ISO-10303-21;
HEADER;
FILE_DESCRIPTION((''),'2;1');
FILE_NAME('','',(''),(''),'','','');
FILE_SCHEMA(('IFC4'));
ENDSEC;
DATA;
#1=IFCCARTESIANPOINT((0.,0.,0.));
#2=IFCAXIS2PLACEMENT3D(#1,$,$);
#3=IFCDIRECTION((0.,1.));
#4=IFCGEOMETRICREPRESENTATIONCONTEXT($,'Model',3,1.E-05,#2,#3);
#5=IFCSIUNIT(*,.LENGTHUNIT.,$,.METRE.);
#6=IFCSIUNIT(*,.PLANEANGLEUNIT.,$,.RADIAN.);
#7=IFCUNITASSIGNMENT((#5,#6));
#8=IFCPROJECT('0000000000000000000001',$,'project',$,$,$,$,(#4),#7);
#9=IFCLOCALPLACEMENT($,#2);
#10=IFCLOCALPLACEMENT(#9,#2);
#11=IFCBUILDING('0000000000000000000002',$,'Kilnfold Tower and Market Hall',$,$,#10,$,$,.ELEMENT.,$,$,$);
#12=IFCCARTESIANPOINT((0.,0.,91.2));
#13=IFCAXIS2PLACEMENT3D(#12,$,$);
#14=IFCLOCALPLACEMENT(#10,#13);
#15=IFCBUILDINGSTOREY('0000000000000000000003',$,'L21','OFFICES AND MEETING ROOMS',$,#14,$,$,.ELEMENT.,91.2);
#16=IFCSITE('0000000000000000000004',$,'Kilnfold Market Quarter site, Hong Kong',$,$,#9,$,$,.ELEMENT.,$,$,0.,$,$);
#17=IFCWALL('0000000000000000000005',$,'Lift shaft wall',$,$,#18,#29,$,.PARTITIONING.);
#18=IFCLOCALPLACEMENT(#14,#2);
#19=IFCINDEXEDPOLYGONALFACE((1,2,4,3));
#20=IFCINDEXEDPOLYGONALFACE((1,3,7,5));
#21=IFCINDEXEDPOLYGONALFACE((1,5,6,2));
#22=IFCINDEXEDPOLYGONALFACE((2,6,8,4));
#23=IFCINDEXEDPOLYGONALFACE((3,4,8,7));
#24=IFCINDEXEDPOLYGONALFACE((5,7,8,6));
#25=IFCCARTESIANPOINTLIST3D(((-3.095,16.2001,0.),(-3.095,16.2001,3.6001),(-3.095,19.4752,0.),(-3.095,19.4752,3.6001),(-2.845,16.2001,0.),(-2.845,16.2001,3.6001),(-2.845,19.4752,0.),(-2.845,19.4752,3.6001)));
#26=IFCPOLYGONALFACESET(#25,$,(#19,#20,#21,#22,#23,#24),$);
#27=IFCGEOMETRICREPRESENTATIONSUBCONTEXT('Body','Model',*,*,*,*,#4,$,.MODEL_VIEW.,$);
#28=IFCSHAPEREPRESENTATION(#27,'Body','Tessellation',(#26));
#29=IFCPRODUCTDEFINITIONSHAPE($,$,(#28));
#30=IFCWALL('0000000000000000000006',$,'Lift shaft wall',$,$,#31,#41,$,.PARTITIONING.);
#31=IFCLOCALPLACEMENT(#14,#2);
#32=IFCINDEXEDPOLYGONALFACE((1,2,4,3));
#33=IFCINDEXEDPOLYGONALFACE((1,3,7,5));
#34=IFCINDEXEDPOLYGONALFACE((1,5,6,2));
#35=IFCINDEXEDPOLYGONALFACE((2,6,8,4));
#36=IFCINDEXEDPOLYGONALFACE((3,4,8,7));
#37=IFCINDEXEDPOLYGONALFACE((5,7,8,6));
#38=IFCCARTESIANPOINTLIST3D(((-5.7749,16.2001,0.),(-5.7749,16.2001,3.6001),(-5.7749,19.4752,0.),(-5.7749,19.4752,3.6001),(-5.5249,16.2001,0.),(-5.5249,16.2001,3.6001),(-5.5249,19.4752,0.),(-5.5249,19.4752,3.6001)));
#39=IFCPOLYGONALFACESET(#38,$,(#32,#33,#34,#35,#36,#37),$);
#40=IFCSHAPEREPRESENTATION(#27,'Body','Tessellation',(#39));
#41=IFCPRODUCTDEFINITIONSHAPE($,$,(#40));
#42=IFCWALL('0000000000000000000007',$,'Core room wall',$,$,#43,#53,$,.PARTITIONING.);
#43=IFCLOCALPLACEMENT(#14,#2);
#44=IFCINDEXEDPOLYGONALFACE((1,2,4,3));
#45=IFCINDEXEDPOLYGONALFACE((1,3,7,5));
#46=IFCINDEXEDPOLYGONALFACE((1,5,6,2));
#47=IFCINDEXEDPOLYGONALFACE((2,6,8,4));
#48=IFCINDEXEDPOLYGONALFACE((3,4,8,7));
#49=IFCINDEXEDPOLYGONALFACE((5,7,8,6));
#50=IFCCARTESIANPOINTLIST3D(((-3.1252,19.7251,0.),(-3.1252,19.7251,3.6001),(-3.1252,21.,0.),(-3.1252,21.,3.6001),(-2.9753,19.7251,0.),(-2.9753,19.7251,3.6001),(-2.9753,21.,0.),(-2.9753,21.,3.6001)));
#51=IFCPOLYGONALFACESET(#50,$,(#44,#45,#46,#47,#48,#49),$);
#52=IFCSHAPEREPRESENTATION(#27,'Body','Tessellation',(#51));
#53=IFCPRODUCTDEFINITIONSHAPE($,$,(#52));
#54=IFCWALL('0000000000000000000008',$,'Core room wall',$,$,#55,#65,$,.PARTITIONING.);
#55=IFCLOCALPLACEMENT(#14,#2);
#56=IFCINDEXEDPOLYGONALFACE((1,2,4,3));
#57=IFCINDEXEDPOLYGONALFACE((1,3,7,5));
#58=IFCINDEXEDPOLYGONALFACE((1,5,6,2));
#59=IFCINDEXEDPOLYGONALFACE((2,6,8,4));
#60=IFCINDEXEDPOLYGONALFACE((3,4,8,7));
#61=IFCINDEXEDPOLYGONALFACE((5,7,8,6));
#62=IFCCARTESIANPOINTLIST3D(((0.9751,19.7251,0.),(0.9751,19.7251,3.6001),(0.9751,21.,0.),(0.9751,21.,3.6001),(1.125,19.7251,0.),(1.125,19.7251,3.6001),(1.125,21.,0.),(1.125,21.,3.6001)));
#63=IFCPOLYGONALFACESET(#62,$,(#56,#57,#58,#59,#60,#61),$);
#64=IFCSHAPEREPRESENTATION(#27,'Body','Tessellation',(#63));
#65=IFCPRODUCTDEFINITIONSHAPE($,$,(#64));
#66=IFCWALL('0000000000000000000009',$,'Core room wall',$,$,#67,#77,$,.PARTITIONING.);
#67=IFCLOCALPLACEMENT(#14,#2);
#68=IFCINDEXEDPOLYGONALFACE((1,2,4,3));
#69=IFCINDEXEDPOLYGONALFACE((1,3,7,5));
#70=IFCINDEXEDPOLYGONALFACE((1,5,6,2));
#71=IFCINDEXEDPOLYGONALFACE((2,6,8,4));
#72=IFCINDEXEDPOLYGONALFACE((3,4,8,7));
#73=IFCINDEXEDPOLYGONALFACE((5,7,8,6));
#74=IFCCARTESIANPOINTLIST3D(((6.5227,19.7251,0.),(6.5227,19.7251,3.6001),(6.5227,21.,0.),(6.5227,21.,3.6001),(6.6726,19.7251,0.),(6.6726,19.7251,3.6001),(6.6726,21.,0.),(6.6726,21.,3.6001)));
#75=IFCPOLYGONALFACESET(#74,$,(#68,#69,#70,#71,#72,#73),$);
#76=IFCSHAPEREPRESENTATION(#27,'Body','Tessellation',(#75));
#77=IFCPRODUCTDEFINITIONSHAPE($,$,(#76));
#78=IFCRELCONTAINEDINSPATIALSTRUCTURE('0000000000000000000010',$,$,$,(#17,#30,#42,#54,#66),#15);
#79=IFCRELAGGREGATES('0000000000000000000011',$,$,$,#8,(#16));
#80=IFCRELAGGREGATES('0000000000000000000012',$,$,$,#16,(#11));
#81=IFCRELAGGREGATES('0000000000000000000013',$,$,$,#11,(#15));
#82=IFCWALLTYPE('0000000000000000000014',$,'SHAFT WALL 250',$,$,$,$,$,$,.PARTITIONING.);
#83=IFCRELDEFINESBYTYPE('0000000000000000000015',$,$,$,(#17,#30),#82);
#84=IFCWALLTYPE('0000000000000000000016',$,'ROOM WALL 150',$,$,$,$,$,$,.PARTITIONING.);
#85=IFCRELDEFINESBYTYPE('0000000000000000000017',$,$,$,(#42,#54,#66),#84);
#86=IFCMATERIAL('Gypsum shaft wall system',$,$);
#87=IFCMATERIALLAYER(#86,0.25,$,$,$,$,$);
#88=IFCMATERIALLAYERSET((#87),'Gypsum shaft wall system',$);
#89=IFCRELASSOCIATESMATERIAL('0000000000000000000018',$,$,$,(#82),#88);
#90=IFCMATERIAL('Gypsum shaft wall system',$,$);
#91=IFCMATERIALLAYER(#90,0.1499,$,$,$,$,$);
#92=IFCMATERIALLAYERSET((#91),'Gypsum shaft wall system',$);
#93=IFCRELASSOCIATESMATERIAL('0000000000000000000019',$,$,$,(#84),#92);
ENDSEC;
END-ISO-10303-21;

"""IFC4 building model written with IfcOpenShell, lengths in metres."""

from ifc_helpers import new_model, si_unit, direction, frame, frame_2d, origin, place, context, subcontext, project, spatial, rectangle, extrude, source, transform, mapped, material, layer, layer_set, type_object, element, save


model = new_model("IFC4")

# Units and contexts
model_context = context("Model", 3, precision=1e-05, world=origin(), true_north=direction((0.0, 1.0)))
body_context = subcontext(model_context, "Body", "Model", "MODEL_VIEW")
ifc_project = project(units=[si_unit("LENGTHUNIT", "METRE"), si_unit("PLANEANGLEUNIT", "RADIAN")], contexts=[model_context])

# Site, building, storey
site_placement = place(None, origin())
site = spatial("IfcSite", under=ifc_project, at=site_placement, Name="Kilnfold Market Quarter site, Hong Kong", CompositionType="ELEMENT", RefElevation=0.0)
building_placement = place(site_placement, origin())
building = spatial("IfcBuilding", under=site, at=building_placement, Name="Kilnfold Tower and Market Hall", CompositionType="ELEMENT")
storey_placement = place(building_placement, frame((0.0, 0.0, 91.2)))
storey = spatial("IfcBuildingStorey", under=building, at=storey_placement, Name="L21", Description="OFFICES AND MEETING ROOMS", CompositionType="ELEMENT", Elevation=91.2)

# Walls
ifc_material_1 = material(Name="Gypsum shaft wall system")
ifc_layer_1 = layer(ifc_material_1, 0.25)
ifc_layer_set_1 = layer_set([ifc_layer_1], Name="Gypsum shaft wall system")
wall_type_1 = type_object("IfcWallType", Name="SHAFT WALL 250", PredefinedType="PARTITIONING", material=ifc_layer_set_1)
shared_shape_1 = source(origin(), body_context, "Body", "SweptSolid", [
    extrude(rectangle(XDim=3.2751, YDim=0.25, at=frame_2d((1.6377, 0.0))), origin(), (0.0, 0.0, 1.0), 3.6001),
])
for number, where, z_axis, x_axis, name in (
    (1, (-2.97, 16.2, 0.0), (0.0, 0.0, 1.0), (0.0, 1.0, 0.0), "Lift shaft wall"),
    (2, (-5.6499, 16.2, 0.0), (0.0, 0.0, 1.0), (0.0, 1.0, 0.0), "Lift shaft wall"),
):
    element("IfcWall", number, at=place(storey_placement, frame(where, z_axis=z_axis, x_axis=x_axis)), inside=storey, type_object=wall_type_1, Name=name, PredefinedType="PARTITIONING", context=body_context, shape_type="MappedRepresentation", body=[
        mapped(shared_shape_1, transform((0.0, 0.0, 0.0))),
    ])
ifc_material_2 = material(Name="Gypsum shaft wall system")
ifc_layer_2 = layer(ifc_material_2, 0.1499)
ifc_layer_set_2 = layer_set([ifc_layer_2], Name="Gypsum shaft wall system")
wall_type_2 = type_object("IfcWallType", Name="ROOM WALL 150", PredefinedType="PARTITIONING", material=ifc_layer_set_2)
shared_shape_2 = source(origin(), body_context, "Body", "SweptSolid", [
    extrude(rectangle(XDim=1.2749, YDim=0.1499, at=frame_2d((0.6375, 0.0))), origin(), (0.0, 0.0, 1.0), 3.6001),
])
for number, where, z_axis, x_axis, name in (
    (3, (-3.0503, 19.7251, 0.0), (0.0, 0.0, 1.0), (0.0, 1.0, 0.0), "Core room wall"),
    (4, (1.05, 19.7251, 0.0), (0.0, 0.0, 1.0), (0.0, 1.0, 0.0), "Core room wall"),
    (5, (6.5977, 19.7251, 0.0), (0.0, 0.0, 1.0), (0.0, 1.0, 0.0), "Core room wall"),
):
    element("IfcWall", number, at=place(storey_placement, frame(where, z_axis=z_axis, x_axis=x_axis)), inside=storey, type_object=wall_type_2, Name=name, PredefinedType="PARTITIONING", context=body_context, shape_type="MappedRepresentation", body=[
        mapped(shared_shape_2, transform((0.0, 0.0, 0.0))),
    ])

save(model, "model.ifc")
